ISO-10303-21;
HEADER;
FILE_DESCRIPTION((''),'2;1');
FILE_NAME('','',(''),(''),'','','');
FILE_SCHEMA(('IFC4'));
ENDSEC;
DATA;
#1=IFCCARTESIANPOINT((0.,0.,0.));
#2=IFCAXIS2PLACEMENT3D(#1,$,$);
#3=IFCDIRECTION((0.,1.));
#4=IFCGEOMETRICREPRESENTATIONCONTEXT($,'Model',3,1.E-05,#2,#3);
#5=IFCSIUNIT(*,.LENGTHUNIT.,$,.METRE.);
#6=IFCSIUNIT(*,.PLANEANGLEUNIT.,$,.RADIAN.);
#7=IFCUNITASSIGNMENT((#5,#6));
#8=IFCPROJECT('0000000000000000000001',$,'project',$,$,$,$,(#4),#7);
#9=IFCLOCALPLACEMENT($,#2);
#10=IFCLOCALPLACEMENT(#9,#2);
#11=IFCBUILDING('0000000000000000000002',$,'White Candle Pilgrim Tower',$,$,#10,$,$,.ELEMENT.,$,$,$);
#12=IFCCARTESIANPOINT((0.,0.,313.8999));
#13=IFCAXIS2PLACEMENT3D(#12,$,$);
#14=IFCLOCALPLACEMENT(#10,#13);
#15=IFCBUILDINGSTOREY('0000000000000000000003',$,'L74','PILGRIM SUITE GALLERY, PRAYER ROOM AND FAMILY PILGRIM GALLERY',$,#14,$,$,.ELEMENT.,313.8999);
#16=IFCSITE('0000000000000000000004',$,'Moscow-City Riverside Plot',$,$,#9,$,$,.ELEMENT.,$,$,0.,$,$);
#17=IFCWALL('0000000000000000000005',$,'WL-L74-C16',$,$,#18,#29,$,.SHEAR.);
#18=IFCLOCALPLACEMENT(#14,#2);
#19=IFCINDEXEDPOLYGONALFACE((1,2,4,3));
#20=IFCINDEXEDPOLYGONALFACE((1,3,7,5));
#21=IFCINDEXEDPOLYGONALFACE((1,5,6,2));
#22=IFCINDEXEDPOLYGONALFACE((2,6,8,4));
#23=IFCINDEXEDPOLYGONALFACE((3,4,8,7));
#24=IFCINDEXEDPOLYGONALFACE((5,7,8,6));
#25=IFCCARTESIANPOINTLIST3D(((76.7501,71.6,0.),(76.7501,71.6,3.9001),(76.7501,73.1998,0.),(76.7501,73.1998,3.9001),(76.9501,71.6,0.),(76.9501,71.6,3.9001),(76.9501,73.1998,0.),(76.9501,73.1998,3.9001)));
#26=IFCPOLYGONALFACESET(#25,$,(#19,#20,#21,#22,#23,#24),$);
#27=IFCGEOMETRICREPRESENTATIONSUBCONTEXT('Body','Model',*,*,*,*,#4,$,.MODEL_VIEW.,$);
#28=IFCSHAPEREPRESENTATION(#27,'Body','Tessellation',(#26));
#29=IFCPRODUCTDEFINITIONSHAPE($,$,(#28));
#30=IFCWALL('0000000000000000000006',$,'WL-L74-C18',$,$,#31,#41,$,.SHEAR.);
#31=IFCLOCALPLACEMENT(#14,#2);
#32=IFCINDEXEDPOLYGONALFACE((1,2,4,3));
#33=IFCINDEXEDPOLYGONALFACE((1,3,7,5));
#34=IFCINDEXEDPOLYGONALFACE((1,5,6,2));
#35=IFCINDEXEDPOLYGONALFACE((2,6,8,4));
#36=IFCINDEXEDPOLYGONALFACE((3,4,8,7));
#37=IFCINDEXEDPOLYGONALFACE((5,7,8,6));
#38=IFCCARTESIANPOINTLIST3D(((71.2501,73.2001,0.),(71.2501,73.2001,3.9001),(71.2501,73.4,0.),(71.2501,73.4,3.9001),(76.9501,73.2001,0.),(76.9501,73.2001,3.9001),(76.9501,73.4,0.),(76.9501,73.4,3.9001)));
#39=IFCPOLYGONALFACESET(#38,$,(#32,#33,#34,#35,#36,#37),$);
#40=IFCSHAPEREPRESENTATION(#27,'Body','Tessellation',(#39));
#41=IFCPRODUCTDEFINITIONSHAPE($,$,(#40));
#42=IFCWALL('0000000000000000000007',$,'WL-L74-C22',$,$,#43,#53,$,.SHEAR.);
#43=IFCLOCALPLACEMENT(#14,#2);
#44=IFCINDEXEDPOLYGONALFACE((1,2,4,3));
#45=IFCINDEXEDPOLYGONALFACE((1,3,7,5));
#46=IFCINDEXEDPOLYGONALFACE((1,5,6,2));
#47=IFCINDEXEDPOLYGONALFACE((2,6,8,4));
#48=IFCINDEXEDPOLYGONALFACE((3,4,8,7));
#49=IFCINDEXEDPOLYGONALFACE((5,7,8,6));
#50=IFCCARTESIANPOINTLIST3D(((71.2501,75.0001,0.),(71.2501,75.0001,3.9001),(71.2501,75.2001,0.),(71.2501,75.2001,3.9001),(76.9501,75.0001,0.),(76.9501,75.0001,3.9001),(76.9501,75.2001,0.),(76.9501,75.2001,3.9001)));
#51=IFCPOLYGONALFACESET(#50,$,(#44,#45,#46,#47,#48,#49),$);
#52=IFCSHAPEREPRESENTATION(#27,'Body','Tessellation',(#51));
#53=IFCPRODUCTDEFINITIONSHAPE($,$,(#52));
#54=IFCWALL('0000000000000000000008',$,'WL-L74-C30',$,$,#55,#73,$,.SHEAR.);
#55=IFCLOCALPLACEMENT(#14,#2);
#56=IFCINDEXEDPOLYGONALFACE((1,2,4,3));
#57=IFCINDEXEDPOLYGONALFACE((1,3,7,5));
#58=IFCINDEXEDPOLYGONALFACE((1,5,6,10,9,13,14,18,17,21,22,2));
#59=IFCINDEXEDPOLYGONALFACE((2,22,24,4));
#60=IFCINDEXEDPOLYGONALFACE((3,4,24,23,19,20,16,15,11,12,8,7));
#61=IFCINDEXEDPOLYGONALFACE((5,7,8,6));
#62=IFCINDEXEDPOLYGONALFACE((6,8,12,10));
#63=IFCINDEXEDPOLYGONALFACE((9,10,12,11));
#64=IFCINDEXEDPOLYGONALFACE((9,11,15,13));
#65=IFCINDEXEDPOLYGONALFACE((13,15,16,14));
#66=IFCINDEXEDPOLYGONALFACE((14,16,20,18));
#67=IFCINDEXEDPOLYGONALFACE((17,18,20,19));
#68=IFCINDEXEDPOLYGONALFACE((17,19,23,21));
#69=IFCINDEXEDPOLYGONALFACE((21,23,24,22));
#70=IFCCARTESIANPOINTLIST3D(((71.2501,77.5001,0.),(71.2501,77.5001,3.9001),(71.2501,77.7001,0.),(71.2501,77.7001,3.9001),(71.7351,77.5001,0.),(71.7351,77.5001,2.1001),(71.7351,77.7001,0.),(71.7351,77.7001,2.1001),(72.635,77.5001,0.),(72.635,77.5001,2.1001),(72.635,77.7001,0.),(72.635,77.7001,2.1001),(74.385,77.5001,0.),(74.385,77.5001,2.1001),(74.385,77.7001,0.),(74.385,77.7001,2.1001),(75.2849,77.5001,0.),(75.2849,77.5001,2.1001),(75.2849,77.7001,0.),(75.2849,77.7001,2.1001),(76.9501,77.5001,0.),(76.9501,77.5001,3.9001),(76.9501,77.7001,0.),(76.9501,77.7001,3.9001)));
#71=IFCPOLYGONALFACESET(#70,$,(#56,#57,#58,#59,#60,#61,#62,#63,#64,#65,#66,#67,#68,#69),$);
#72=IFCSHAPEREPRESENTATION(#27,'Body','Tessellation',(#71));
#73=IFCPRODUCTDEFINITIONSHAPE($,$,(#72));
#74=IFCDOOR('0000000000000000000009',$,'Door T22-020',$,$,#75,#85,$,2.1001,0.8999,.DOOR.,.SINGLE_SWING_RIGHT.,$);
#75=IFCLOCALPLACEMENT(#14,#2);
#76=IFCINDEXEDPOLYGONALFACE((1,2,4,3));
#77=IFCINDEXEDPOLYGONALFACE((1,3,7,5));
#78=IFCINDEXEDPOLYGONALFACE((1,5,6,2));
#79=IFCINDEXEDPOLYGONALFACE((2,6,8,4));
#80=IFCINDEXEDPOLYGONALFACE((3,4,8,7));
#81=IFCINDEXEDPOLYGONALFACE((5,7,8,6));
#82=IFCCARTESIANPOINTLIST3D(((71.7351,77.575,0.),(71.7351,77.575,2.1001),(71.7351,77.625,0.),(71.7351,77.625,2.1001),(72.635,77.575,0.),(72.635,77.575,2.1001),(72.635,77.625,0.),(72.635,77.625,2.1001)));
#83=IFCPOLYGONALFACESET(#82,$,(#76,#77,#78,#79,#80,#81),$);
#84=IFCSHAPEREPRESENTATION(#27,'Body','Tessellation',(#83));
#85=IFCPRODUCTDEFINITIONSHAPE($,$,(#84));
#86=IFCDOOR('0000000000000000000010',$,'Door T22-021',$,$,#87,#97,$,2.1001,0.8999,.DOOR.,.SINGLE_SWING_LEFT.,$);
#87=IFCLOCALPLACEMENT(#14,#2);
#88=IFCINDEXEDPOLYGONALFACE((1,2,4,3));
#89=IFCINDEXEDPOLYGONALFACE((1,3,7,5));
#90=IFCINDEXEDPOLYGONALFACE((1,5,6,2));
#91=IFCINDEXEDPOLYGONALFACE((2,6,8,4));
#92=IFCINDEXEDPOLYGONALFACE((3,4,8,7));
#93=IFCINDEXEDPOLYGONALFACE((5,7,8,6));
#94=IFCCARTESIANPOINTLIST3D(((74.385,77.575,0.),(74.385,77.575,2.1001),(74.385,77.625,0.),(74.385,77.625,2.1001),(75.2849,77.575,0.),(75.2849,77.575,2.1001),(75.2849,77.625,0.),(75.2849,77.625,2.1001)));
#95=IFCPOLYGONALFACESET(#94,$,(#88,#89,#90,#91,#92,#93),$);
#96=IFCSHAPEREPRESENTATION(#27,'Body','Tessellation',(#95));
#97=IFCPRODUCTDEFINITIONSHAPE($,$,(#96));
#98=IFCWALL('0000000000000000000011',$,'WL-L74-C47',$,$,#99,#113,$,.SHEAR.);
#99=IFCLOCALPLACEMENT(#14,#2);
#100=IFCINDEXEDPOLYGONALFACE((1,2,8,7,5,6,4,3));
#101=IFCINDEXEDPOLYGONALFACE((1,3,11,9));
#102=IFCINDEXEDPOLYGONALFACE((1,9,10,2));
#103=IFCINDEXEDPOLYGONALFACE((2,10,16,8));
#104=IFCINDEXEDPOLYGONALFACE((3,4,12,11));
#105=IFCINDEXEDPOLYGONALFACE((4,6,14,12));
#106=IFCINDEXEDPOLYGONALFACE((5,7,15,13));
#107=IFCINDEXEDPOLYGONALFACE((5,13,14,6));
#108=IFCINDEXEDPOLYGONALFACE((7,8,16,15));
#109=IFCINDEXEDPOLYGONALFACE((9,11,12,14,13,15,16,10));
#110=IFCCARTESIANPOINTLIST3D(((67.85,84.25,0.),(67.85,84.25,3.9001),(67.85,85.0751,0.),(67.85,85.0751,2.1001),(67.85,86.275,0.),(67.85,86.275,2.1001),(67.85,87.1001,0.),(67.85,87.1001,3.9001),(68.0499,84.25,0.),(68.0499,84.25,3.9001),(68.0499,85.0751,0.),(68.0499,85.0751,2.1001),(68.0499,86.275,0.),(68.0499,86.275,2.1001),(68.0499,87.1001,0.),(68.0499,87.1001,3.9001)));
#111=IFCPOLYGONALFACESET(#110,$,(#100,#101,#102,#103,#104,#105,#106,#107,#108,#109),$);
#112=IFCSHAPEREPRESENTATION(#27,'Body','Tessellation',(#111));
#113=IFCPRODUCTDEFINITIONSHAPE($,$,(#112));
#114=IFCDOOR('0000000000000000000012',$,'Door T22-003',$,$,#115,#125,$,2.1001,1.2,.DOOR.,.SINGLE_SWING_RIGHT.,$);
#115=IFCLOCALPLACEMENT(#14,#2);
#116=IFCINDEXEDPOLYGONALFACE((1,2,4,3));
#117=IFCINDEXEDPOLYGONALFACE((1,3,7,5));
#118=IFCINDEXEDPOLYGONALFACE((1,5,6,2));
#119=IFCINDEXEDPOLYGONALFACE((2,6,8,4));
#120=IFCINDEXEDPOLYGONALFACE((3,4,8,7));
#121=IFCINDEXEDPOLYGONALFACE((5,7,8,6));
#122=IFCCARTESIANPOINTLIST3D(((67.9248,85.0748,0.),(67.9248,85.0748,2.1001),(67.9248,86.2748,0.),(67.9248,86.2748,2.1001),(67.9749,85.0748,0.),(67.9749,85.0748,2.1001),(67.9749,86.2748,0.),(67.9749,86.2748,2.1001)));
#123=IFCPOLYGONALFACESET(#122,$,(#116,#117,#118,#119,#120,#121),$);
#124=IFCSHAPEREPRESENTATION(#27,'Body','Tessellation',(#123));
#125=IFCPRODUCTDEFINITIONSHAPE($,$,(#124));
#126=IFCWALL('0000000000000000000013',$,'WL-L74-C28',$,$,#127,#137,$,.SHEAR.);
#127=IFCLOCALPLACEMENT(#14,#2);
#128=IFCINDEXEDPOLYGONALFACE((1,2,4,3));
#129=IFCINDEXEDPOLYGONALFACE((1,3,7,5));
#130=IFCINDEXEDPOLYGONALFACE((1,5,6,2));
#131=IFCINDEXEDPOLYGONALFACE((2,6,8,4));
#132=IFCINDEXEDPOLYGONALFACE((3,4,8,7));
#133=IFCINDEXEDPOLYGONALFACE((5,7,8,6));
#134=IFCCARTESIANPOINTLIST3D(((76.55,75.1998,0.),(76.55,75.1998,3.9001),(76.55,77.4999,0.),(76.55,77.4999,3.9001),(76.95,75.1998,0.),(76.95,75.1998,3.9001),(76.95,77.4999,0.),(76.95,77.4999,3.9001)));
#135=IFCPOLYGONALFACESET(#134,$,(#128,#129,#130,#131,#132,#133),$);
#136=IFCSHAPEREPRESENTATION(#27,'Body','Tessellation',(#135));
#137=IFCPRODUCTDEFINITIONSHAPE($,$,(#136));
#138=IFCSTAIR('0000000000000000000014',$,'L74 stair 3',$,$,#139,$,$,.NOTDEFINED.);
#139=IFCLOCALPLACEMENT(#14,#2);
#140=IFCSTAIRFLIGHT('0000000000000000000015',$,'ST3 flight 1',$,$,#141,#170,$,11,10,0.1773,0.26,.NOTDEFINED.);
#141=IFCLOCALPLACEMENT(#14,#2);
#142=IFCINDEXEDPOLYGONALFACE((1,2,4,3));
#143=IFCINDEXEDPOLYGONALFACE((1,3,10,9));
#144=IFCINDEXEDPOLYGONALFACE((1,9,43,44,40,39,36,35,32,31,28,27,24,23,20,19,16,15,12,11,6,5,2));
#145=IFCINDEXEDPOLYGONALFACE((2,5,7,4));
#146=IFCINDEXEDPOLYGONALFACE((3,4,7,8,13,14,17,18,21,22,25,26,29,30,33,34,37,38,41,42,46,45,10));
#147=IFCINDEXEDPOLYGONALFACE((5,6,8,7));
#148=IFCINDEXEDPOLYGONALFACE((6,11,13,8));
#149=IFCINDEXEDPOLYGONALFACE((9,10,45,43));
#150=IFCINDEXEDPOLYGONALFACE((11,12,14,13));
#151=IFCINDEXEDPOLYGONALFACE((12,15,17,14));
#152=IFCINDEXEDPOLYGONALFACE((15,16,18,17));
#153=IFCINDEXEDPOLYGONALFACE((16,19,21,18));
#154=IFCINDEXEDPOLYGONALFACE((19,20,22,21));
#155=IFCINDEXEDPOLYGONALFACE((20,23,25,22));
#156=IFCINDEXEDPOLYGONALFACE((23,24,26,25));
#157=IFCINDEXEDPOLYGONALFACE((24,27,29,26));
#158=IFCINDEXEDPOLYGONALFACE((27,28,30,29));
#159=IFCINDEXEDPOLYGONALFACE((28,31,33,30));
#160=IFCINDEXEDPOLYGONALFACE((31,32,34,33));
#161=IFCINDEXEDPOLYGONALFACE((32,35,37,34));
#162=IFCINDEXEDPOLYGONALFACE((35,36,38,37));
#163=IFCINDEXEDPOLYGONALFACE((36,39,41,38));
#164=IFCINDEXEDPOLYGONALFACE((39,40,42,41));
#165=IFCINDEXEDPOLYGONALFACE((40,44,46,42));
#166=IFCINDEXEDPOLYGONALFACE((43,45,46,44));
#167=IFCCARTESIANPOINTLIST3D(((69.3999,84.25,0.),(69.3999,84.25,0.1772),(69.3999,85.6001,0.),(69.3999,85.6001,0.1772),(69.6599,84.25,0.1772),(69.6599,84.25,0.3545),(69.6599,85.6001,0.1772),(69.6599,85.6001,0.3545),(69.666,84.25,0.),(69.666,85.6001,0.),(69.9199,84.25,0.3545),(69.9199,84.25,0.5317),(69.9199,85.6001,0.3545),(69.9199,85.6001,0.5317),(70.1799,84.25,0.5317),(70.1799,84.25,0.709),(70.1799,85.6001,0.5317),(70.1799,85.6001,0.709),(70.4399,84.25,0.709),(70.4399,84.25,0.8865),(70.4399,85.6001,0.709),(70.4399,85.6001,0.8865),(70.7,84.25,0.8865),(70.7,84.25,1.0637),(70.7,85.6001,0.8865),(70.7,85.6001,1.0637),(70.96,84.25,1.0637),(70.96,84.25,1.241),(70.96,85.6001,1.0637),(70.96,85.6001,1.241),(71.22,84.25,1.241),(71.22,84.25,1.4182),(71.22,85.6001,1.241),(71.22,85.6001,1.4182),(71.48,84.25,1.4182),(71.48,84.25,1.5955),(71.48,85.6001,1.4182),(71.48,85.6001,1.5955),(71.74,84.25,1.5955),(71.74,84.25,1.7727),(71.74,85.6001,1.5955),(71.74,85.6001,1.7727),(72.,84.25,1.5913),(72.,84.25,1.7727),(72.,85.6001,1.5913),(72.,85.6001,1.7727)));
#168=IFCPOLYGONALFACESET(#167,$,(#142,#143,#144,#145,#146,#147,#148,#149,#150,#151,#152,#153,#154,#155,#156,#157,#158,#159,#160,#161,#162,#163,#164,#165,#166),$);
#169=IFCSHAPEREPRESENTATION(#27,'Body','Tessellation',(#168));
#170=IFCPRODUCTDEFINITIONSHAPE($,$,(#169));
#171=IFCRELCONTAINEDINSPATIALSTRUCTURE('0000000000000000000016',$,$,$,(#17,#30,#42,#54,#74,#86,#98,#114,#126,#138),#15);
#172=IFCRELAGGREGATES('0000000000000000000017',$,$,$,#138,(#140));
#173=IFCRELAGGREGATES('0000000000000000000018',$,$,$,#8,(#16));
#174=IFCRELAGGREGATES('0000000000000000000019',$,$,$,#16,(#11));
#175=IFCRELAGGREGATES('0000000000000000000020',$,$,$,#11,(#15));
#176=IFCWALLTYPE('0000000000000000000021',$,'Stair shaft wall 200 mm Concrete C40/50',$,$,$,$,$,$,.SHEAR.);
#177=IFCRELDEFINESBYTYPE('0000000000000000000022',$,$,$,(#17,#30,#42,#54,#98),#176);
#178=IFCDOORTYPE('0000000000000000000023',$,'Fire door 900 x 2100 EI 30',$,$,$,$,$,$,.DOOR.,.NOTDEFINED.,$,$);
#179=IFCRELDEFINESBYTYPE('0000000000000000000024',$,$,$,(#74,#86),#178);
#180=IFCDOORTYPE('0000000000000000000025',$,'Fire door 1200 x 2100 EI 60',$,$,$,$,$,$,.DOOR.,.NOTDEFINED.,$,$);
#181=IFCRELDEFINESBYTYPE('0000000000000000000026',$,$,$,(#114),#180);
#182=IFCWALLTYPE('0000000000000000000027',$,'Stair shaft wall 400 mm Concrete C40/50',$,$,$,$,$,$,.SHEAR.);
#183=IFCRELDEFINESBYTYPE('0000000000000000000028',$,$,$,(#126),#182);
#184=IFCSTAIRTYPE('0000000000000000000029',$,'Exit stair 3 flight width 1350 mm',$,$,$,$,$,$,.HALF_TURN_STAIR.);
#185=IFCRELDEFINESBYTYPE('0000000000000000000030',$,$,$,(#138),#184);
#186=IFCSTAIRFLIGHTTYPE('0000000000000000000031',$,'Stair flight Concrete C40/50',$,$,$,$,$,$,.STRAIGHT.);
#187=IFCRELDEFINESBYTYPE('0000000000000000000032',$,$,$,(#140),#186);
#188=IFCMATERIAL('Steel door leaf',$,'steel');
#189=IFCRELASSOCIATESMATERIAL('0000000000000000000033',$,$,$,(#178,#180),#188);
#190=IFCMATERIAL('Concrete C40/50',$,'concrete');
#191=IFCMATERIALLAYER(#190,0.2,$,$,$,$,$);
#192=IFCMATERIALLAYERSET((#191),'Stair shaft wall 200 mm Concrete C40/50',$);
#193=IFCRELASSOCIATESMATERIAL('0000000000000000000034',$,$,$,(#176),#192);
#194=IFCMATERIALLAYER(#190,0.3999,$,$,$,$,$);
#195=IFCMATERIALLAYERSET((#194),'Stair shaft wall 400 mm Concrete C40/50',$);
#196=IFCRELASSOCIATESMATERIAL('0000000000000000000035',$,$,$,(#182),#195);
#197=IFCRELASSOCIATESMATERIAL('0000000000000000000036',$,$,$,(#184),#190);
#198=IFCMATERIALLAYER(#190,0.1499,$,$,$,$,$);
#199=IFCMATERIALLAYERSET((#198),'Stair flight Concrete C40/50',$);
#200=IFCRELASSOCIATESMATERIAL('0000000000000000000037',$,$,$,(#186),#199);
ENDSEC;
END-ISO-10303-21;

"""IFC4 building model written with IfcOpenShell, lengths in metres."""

from ifc_helpers import new_model, si_unit, direction, frame, frame_2d, origin, place, context, subcontext, project, spatial, polyline, rectangle, outline, extrude, material, layer, layer_set, type_object, element, fill, aggregate, save


model = new_model("IFC4")

# Units and contexts
model_context = context("Model", 3, precision=1e-05, world=origin(), true_north=direction((0.0, 1.0)))
body_context = subcontext(model_context, "Body", "Model", "MODEL_VIEW")
ifc_project = project(units=[si_unit("LENGTHUNIT", "METRE"), si_unit("PLANEANGLEUNIT", "RADIAN")], contexts=[model_context])

# Site, building, storey
site_placement = place(None, origin())
site = spatial("IfcSite", under=ifc_project, at=site_placement, Name="Moscow-City Riverside Plot", CompositionType="ELEMENT", RefElevation=0.0)
building_placement = place(site_placement, origin())
building = spatial("IfcBuilding", under=site, at=building_placement, Name="White Candle Pilgrim Tower", CompositionType="ELEMENT")
storey_placement = place(building_placement, frame((0.0, 0.0, 313.8999)))
storey = spatial("IfcBuildingStorey", under=building, at=storey_placement, Name="L74", Description="PILGRIM SUITE GALLERY, PRAYER ROOM AND FAMILY PILGRIM GALLERY", CompositionType="ELEMENT", Elevation=313.8999)

# Shared definitions
ifc_material_1 = material(Name="Concrete C40/50", Category="concrete")

# Shared definitions
ifc_material_2 = material(Name="Steel door leaf", Category="steel")
door_type_1 = type_object("IfcDoorType", Name="Fire door 900 x 2100 EI 30", OperationType="NOTDEFINED", PredefinedType="DOOR", material=ifc_material_2)

# Walls
ifc_layer_1 = layer(ifc_material_1, 0.2)
ifc_layer_set_1 = layer_set([ifc_layer_1], Name="Stair shaft wall 200 mm Concrete C40/50")
wall_type_1 = type_object("IfcWallType", Name="Stair shaft wall 200 mm Concrete C40/50", PredefinedType="SHEAR", material=ifc_layer_set_1)
wall_1_placement = place(storey_placement, frame((76.8501, 71.6001, 0.0), z_axis=(0.0, 0.0, 1.0), x_axis=(0.0, 1.0, 0.0)))
element("IfcWall", 1, at=wall_1_placement, inside=storey, type_object=wall_type_1, Name="WL-L74-C16", PredefinedType="SHEAR", context=body_context, shape_type="SweptSolid", body=[
    extrude(rectangle(XDim=1.5999, YDim=0.2, at=frame_2d((0.7998, 0.0))), origin(), (0.0, 0.0, 1.0), 3.9001),
])
for number, where, z_axis, x_axis, name in (
    (2, (71.25, 73.3, 0.0), (0.0, 0.0, 1.0), (1.0, 0.0, 0.0), "WL-L74-C18"),
    (3, (71.25, 75.1001, 0.0), (0.0, 0.0, 1.0), (1.0, 0.0, 0.0), "WL-L74-C22"),
):
    element("IfcWall", number, at=place(storey_placement, frame(where, z_axis=z_axis, x_axis=x_axis)), inside=storey, type_object=wall_type_1, Name=name, PredefinedType="SHEAR", context=body_context, shape_type="SweptSolid", body=[
        extrude(rectangle(XDim=5.7, YDim=0.2, at=frame_2d((2.8501, 0.0))), origin(), (0.0, 0.0, 1.0), 3.9001),
    ])

# Wall, openings, doors
wall_2_placement = place(storey_placement, frame((71.25, 77.6001, 0.0), z_axis=(0.0, 0.0, 1.0), x_axis=(1.0, 0.0, 0.0)))
wall_2 = element("IfcWall", 4, at=wall_2_placement, inside=storey, type_object=wall_type_1, Name="WL-L74-C30", PredefinedType="SHEAR", context=body_context, shape_type="SweptSolid", body=[
    extrude(rectangle(XDim=5.7, YDim=0.2, at=frame_2d((2.8501, 0.0))), origin(), (0.0, 0.0, 1.0), 3.9001),
])
opening_1_placement = place(wall_2_placement, frame((0.4851, 0.0, 0.0)))
opening_1 = element("IfcOpeningElement", 5, at=opening_1_placement, cuts=wall_2, PredefinedType="OPENING", context=body_context, shape_type="SweptSolid", body=[
    extrude(rectangle(XDim=0.8999, YDim=2.1001, at=frame_2d((0.45, 1.05))), frame((0.0, 0.1099, 0.0), z_axis=(0.0, -1.0, 0.0), x_axis=(1.0, 0.0, 0.0)), (0.0, 0.0, 1.0), 0.22),
])
opening_2_placement = place(wall_2_placement, frame((3.135, 0.0, 0.0)))
opening_2 = element("IfcOpeningElement", 6, at=opening_2_placement, cuts=wall_2, PredefinedType="OPENING", context=body_context, shape_type="SweptSolid", body=[
    extrude(rectangle(XDim=0.8999, YDim=2.1001, at=frame_2d((0.45, 1.05))), frame((0.0, 0.1099, 0.0), z_axis=(0.0, -1.0, 0.0), x_axis=(1.0, 0.0, 0.0)), (0.0, 0.0, 1.0), 0.22),
])
door_1_placement = place(opening_1_placement, origin())
door_1 = element("IfcDoor", 7, at=door_1_placement, inside=storey, type_object=door_type_1, Name="Door T22-020", OperationType="SINGLE_SWING_RIGHT", OverallHeight=2.1001, OverallWidth=0.8999, PredefinedType="DOOR", context=body_context, shape_type="SweptSolid", body=[
    extrude(rectangle(XDim=0.8999, YDim=2.1001, at=frame_2d((0.45, 1.05))), frame((0.0, 0.0249, 0.0), z_axis=(0.0, -1.0, 0.0), x_axis=(1.0, 0.0, 0.0)), (0.0, 0.0, 1.0), 0.05),
])
fill(opening_1, door_1)
door_2_placement = place(opening_2_placement, origin())
door_2 = element("IfcDoor", 8, at=door_2_placement, inside=storey, type_object=door_type_1, Name="Door T22-021", OperationType="SINGLE_SWING_LEFT", OverallHeight=2.1001, OverallWidth=0.8999, PredefinedType="DOOR", context=body_context, shape_type="SweptSolid", body=[
    extrude(rectangle(XDim=0.8999, YDim=2.1001, at=frame_2d((0.45, 1.05))), frame((0.0, 0.0249, 0.0), z_axis=(0.0, -1.0, 0.0), x_axis=(1.0, 0.0, 0.0)), (0.0, 0.0, 1.0), 0.05),
])
fill(opening_2, door_2)

# Wall, opening, door
wall_3_placement = place(storey_placement, frame((67.95, 84.25, 0.0), z_axis=(0.0, 0.0, 1.0), x_axis=(0.0, 1.0, 0.0)))
wall_3 = element("IfcWall", 9, at=wall_3_placement, inside=storey, type_object=wall_type_1, Name="WL-L74-C47", PredefinedType="SHEAR", context=body_context, shape_type="SweptSolid", body=[
    extrude(rectangle(XDim=2.8501, YDim=0.2, at=frame_2d((1.425, 0.0))), origin(), (0.0, 0.0, 1.0), 3.9001),
])
opening_3_placement = place(wall_3_placement, frame((0.825, 0.0, 0.0)))
opening_3 = element("IfcOpeningElement", 10, at=opening_3_placement, cuts=wall_3, PredefinedType="OPENING", context=body_context, shape_type="SweptSolid", body=[
    extrude(rectangle(XDim=1.2, YDim=2.1001, at=frame_2d((0.6001, 1.05))), frame((0.0, 0.1099, 0.0), z_axis=(0.0, -1.0, 0.0), x_axis=(1.0, 0.0, 0.0)), (0.0, 0.0, 1.0), 0.22),
])
door_type_2 = type_object("IfcDoorType", Name="Fire door 1200 x 2100 EI 60", OperationType="NOTDEFINED", PredefinedType="DOOR", material=ifc_material_2)
door_3_placement = place(opening_3_placement, frame((1.2, 0.0, 0.0), z_axis=(0.0, 0.0, 1.0), x_axis=(-1.0, 0.0, 0.0)))
door_3 = element("IfcDoor", 11, at=door_3_placement, inside=storey, type_object=door_type_2, Name="Door T22-003", OperationType="SINGLE_SWING_RIGHT", OverallHeight=2.1001, OverallWidth=1.2, PredefinedType="DOOR", context=body_context, shape_type="SweptSolid", body=[
    extrude(rectangle(XDim=1.2, YDim=2.1001, at=frame_2d((0.6001, 1.05))), frame((0.0, 0.0249, 0.0), z_axis=(0.0, -1.0, 0.0), x_axis=(1.0, 0.0, 0.0)), (0.0, 0.0, 1.0), 0.05),
])
fill(opening_3, door_3)

# Wall
ifc_layer_2 = layer(ifc_material_1, 0.3999)
ifc_layer_set_2 = layer_set([ifc_layer_2], Name="Stair shaft wall 400 mm Concrete C40/50")
wall_type_2 = type_object("IfcWallType", Name="Stair shaft wall 400 mm Concrete C40/50", PredefinedType="SHEAR", material=ifc_layer_set_2)
wall_4_placement = place(storey_placement, frame((76.75, 75.2, 0.0), z_axis=(0.0, 0.0, 1.0), x_axis=(0.0, 1.0, 0.0)))
element("IfcWall", 12, at=wall_4_placement, inside=storey, type_object=wall_type_2, Name="WL-L74-C28", PredefinedType="SHEAR", context=body_context, shape_type="SweptSolid", body=[
    extrude(rectangle(XDim=2.3, YDim=0.3999, at=frame_2d((1.1499, 0.0))), origin(), (0.0, 0.0, 1.0), 3.9001),
])

# Stair, stair flight
stair_type = type_object("IfcStairType", Name="Exit stair 3 flight width 1350 mm", PredefinedType="HALF_TURN_STAIR", material=ifc_material_1)
stair_placement = place(storey_placement, origin())
stair = element("IfcStair", 13, at=stair_placement, inside=storey, type_object=stair_type, Name="L74 stair 3", PredefinedType="NOTDEFINED")
ifc_layer_3 = layer(ifc_material_1, 0.1499)
ifc_layer_set_3 = layer_set([ifc_layer_3], Name="Stair flight Concrete C40/50")
stair_flight_type = type_object("IfcStairFlightType", Name="Stair flight Concrete C40/50", PredefinedType="STRAIGHT", material=ifc_layer_set_3)
stair_flight_1_placement = place(storey_placement, frame((69.3999, 84.925, 0.0), z_axis=(0.0, 0.0, 1.0), x_axis=(1.0, 0.0, 0.0)))
stair_flight_1 = element("IfcStairFlight", 14, at=stair_flight_1_placement, type_object=stair_flight_type, Name="ST3 flight 1", NumberOfRisers=11, NumberOfTreads=10, PredefinedType="NOTDEFINED", RiserHeight=0.1773, TreadLength=0.26, context=body_context, shape_type="SweptSolid", body=[
    extrude(outline(polyline([(0.0, 0.0), (0.0, 0.1772), (0.26, 0.1772), (0.26, 0.3545), (0.52, 0.3545), (0.52, 0.5317), (0.78, 0.5317), (0.78, 0.709), (1.04, 0.709), (1.04, 0.8865), (1.3, 0.8865), (1.3, 1.0637), (1.5601, 1.0637), (1.5601, 1.241), (1.8201, 1.241), (1.8201, 1.4182), (2.0801, 1.4182), (2.0801, 1.5955), (2.3401, 1.5955), (2.3401, 1.7727), (2.6001, 1.7727), (2.6001, 1.95), (2.6001, 1.5913), (0.2661, 0.0), (0.0, 0.0)])), frame((0.0, 0.675, 0.0), z_axis=(0.0, -1.0, 0.0), x_axis=(1.0, 0.0, 0.0)), (0.0, 0.0, 1.0), 1.3501),
])
aggregate(stair, [stair_flight_1])

save(model, "model.ifc")
